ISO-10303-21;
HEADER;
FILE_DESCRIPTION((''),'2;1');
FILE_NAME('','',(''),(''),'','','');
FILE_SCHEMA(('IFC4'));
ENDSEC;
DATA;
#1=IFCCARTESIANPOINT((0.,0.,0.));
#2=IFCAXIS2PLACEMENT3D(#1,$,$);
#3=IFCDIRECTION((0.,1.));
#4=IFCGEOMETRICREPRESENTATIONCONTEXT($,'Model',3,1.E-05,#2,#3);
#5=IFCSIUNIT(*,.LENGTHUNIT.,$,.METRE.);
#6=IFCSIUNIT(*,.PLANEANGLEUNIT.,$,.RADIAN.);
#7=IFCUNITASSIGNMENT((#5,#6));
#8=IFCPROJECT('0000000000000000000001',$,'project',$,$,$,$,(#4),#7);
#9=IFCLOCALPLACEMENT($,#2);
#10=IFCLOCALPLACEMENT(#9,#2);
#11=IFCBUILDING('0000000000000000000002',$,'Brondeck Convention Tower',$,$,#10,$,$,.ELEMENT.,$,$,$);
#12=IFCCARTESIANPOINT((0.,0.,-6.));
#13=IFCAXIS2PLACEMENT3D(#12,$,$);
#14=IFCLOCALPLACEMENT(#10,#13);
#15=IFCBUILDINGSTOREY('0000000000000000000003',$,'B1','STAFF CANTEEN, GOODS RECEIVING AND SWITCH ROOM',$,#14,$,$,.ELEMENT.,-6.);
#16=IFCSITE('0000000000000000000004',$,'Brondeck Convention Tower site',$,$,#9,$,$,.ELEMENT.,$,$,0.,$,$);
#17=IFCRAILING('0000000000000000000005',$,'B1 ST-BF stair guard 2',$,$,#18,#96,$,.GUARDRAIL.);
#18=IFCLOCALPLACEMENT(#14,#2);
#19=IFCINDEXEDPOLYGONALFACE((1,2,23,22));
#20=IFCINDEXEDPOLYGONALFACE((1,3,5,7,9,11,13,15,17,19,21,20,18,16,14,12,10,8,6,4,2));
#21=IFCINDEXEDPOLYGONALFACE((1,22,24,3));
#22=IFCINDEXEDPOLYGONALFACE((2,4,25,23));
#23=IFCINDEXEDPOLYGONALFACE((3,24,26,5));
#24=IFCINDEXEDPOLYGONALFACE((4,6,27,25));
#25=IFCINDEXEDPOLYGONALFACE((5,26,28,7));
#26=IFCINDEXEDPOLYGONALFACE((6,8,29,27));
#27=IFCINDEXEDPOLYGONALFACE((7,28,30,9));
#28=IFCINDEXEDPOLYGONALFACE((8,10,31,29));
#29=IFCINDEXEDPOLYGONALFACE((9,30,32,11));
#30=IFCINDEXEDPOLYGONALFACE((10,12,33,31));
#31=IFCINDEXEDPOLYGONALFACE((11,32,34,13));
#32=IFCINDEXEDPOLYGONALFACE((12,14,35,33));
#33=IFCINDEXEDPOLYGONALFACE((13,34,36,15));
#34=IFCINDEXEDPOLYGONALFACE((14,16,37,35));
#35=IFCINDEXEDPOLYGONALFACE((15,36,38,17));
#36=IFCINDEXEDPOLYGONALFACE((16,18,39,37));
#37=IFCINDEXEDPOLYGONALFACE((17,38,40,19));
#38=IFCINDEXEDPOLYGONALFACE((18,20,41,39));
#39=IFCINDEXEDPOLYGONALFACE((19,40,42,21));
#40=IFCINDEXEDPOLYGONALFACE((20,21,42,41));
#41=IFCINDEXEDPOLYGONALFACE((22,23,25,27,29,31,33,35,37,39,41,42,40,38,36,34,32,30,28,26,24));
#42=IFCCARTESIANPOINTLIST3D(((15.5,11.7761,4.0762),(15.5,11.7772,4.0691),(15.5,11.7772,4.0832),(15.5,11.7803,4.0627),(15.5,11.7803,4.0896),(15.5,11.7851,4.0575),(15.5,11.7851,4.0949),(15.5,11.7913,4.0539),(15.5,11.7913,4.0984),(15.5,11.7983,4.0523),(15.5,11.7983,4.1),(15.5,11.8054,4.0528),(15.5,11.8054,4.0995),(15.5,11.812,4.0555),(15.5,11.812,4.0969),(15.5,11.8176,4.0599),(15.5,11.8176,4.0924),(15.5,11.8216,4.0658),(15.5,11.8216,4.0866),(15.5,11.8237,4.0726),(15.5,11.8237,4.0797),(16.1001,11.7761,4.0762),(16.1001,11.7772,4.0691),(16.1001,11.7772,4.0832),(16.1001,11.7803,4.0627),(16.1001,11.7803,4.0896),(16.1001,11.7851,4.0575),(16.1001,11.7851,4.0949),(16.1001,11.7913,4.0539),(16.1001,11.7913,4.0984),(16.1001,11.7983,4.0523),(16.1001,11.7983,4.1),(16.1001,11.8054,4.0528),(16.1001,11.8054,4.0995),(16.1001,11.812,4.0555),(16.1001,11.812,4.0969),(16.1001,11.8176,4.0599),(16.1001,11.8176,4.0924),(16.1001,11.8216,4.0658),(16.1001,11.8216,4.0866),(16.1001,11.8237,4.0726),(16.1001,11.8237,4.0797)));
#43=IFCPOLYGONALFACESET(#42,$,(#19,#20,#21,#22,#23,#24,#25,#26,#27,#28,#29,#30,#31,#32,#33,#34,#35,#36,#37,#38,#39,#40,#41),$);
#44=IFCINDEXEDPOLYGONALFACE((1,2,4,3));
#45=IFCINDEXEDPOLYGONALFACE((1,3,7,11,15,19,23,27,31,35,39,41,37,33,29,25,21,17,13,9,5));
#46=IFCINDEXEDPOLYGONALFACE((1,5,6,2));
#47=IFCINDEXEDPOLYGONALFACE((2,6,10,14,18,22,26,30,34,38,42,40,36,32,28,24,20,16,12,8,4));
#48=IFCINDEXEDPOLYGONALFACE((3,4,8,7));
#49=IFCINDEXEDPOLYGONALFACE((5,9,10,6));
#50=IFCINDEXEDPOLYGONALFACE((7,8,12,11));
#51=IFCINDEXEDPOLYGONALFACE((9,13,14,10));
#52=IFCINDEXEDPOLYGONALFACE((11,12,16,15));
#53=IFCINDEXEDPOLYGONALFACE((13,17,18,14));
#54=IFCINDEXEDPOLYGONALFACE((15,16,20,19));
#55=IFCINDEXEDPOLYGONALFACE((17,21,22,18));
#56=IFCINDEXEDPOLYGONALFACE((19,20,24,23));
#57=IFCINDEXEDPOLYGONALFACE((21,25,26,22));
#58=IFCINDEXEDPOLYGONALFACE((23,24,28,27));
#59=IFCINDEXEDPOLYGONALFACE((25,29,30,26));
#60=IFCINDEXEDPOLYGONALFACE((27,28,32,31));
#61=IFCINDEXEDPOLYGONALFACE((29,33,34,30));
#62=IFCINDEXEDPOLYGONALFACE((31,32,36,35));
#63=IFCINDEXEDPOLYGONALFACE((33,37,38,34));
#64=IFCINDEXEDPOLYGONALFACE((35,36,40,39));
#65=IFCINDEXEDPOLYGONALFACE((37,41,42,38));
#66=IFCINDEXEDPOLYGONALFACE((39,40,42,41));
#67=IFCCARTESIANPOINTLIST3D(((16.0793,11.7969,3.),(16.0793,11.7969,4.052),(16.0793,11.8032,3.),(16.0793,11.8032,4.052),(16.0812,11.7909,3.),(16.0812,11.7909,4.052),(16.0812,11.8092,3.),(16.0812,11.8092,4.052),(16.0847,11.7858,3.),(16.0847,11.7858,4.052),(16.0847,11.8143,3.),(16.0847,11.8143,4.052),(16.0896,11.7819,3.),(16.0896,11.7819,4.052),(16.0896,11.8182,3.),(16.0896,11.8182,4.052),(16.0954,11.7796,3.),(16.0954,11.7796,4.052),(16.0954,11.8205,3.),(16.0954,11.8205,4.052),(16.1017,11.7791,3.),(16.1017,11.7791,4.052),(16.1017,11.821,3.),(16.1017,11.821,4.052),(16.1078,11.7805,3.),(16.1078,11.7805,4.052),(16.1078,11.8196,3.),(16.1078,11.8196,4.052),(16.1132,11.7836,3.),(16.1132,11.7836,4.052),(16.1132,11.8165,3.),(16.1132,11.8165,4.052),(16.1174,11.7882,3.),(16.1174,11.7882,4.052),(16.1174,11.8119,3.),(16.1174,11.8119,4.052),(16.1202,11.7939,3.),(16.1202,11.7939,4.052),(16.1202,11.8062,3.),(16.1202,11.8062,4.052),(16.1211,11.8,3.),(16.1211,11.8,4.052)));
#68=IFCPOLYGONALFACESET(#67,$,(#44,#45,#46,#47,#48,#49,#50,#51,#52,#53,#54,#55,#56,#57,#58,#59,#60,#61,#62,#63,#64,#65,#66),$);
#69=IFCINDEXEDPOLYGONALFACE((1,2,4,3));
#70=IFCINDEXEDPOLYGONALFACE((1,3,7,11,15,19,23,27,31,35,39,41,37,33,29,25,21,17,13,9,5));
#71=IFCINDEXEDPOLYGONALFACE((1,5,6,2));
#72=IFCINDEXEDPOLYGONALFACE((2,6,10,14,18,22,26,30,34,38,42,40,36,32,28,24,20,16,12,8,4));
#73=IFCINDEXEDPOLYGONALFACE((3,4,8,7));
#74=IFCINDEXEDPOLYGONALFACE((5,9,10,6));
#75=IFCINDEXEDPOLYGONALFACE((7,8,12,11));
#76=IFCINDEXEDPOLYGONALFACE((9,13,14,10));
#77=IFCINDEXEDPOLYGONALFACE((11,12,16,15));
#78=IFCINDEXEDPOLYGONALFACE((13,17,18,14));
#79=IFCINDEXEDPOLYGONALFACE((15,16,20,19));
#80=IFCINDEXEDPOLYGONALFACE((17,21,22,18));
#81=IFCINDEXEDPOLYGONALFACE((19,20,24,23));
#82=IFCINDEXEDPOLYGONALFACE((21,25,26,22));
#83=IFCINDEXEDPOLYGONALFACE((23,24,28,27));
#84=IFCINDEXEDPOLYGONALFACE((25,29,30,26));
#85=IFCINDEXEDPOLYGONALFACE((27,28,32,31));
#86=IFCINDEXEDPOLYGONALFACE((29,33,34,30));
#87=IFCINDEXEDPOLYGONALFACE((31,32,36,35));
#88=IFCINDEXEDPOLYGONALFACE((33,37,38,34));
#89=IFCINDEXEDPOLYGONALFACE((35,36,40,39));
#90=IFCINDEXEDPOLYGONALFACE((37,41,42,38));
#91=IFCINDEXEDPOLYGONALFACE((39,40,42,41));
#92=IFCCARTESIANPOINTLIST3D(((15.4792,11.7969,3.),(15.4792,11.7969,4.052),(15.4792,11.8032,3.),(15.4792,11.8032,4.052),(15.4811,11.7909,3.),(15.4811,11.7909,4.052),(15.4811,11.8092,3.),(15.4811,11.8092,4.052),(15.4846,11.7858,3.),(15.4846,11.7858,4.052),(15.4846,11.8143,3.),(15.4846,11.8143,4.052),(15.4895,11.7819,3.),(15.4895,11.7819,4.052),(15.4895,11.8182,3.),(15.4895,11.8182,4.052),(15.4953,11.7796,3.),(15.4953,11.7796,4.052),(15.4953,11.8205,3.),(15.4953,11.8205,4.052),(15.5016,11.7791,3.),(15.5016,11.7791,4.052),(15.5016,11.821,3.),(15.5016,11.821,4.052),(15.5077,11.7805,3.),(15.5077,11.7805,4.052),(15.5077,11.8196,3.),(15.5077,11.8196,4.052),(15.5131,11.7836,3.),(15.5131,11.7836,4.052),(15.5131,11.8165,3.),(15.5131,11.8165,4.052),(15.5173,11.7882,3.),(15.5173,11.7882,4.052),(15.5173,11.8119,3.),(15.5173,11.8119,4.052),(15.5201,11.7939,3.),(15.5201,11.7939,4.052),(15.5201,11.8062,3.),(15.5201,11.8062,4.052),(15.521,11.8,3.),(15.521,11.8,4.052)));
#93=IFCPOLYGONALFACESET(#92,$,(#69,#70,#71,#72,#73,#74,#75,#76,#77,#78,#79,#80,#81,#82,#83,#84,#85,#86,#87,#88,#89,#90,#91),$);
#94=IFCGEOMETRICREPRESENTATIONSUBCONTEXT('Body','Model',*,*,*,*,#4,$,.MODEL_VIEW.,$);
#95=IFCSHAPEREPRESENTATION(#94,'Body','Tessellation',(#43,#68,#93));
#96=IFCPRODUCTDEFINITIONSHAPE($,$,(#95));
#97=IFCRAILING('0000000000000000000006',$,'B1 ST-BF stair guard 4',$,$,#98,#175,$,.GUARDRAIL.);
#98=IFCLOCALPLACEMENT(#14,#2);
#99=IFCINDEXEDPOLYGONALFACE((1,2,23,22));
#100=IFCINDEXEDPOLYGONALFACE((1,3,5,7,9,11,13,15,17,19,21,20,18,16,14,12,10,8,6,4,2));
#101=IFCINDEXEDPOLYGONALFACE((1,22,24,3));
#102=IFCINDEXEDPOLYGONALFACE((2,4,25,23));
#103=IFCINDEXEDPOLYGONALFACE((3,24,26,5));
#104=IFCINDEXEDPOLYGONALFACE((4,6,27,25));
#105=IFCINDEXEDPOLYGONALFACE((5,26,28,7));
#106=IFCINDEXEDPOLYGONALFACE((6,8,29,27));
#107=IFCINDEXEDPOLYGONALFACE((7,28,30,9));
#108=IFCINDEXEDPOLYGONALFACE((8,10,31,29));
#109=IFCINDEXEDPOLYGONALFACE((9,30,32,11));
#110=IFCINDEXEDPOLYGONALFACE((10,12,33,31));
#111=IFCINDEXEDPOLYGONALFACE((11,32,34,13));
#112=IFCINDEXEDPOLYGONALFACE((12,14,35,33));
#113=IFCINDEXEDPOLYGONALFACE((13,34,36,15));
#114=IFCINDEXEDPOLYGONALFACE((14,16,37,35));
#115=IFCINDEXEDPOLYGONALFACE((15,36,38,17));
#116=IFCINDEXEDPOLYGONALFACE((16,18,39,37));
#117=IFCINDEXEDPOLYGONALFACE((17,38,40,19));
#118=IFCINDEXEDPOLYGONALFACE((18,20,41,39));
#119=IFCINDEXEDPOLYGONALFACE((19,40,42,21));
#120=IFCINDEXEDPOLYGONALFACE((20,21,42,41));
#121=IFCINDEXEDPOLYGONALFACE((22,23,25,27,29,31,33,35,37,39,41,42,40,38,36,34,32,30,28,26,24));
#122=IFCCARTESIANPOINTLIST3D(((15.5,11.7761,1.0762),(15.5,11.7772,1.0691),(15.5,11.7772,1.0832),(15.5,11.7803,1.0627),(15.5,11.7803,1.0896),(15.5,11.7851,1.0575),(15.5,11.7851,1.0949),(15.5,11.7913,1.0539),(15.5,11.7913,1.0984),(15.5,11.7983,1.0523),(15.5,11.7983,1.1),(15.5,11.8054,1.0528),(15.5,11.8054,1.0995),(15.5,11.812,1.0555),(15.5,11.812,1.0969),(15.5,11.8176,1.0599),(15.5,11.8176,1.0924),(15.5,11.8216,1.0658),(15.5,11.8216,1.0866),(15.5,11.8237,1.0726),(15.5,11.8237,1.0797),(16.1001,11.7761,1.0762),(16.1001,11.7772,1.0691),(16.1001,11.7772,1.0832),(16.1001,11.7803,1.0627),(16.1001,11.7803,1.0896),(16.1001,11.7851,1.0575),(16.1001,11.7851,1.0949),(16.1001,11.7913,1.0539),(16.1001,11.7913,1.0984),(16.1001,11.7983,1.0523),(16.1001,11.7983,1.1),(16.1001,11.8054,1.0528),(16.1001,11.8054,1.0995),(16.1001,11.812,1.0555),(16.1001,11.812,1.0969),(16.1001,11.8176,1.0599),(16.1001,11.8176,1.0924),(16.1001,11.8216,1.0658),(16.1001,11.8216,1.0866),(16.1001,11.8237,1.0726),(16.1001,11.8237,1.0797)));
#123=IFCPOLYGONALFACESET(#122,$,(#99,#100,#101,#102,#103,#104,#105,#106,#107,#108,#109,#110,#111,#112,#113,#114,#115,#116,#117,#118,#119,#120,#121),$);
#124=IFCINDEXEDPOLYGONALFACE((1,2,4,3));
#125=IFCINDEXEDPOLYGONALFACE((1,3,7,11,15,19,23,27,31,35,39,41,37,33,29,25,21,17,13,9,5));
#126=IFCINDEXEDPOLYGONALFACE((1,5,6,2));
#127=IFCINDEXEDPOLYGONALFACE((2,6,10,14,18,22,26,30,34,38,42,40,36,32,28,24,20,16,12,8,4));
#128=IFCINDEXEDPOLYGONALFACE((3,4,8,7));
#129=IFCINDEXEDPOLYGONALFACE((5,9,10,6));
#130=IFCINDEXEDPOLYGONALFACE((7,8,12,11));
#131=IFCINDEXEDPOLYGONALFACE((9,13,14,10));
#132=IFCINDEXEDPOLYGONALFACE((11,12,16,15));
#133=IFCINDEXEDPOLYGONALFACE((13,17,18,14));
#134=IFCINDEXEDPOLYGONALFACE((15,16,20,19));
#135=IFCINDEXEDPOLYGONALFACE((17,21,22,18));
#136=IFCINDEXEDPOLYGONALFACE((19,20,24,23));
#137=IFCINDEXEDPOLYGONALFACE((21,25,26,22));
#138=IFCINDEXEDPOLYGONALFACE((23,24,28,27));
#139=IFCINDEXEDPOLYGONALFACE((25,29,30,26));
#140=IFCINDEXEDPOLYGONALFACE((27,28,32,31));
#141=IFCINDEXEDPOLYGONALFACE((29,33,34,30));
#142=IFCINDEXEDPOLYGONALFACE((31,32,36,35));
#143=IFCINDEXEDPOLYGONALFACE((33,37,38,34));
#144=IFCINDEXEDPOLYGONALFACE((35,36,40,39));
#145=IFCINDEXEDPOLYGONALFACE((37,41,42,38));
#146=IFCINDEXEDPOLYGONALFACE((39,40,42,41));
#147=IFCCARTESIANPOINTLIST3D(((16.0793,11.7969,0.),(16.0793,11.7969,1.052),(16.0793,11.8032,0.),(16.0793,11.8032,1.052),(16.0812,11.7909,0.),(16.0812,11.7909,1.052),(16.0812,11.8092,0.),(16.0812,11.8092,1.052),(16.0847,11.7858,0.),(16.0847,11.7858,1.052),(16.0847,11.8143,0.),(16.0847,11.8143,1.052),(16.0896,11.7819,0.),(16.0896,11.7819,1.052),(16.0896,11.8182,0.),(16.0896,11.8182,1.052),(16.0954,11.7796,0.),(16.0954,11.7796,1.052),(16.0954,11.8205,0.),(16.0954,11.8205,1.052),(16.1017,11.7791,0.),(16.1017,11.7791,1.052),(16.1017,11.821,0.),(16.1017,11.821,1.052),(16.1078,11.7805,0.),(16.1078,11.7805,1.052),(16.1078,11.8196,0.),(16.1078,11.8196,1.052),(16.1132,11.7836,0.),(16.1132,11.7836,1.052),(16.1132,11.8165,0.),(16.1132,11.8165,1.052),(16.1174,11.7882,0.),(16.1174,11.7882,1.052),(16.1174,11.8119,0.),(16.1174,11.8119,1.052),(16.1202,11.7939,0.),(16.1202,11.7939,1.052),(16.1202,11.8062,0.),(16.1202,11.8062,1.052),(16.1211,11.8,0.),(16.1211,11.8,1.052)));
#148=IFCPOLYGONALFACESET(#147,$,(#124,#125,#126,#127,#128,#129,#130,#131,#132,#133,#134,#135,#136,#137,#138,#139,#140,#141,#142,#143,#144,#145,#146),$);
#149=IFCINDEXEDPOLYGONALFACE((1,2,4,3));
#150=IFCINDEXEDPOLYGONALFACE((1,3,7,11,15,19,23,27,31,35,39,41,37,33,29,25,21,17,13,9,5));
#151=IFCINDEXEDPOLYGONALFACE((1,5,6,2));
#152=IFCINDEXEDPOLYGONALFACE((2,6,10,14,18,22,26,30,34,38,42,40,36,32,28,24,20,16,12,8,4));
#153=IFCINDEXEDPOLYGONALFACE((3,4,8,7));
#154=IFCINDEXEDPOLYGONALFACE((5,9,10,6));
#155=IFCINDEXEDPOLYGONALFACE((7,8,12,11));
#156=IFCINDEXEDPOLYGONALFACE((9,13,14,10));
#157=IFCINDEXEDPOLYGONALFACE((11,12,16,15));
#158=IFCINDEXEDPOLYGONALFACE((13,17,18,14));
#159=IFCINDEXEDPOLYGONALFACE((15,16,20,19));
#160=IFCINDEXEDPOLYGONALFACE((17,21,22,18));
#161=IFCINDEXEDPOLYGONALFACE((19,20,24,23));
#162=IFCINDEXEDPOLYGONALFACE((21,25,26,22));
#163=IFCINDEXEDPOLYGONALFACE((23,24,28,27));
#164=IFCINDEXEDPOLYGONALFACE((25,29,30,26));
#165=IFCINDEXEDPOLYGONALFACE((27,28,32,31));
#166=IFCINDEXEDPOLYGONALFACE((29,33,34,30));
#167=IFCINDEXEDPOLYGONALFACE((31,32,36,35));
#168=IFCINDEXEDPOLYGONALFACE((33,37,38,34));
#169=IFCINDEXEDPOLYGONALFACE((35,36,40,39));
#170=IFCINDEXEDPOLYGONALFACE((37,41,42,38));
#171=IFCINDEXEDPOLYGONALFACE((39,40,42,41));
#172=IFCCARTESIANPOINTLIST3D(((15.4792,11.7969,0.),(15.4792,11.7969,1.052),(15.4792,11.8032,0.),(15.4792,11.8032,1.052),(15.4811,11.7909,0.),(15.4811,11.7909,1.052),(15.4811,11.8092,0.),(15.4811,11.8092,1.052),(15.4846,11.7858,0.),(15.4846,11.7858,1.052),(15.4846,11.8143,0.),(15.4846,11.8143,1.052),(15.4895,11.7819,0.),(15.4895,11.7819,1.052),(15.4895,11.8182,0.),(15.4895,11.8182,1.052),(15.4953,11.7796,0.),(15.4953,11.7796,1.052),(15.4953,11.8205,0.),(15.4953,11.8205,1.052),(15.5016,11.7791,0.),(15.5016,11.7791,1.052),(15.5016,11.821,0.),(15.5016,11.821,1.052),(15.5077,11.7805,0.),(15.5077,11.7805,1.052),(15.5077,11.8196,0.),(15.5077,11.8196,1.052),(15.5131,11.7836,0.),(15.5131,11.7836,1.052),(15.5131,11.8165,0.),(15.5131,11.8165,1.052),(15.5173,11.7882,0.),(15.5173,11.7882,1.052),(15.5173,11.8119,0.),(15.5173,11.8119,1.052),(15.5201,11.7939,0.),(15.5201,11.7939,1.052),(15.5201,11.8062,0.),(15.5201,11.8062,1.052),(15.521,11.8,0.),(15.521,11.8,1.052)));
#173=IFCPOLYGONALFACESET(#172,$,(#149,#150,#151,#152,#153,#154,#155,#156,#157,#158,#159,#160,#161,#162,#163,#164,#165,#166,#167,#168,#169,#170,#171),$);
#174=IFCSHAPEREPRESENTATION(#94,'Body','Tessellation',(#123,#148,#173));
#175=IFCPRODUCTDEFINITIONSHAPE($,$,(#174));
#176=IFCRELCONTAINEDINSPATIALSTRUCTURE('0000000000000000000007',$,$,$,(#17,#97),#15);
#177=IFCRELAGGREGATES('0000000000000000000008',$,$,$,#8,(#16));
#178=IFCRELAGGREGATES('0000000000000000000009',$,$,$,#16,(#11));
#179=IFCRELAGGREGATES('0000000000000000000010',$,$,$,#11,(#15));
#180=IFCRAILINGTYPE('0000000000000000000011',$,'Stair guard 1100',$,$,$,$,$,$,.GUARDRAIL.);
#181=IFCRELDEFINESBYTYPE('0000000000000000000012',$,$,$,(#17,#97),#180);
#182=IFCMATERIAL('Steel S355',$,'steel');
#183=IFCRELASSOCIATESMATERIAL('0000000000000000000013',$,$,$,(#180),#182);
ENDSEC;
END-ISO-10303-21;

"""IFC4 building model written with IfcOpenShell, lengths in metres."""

from ifc_helpers import new_model, si_unit, direction, frame, origin, origin_2d, place, context, subcontext, project, spatial, circle, extrude, material, type_object, element, save


model = new_model("IFC4")

# Units and contexts
model_context = context("Model", 3, precision=1e-05, world=origin(), true_north=direction((0.0, 1.0)))
body_context = subcontext(model_context, "Body", "Model", "MODEL_VIEW")
ifc_project = project(units=[si_unit("LENGTHUNIT", "METRE"), si_unit("PLANEANGLEUNIT", "RADIAN")], contexts=[model_context])

# Site, building, storey
site_placement = place(None, origin())
site = spatial("IfcSite", under=ifc_project, at=site_placement, Name="Brondeck Convention Tower site", CompositionType="ELEMENT", RefElevation=0.0)
building_placement = place(site_placement, origin())
building = spatial("IfcBuilding", under=site, at=building_placement, Name="Brondeck Convention Tower", CompositionType="ELEMENT")
storey_placement = place(building_placement, frame((0.0, 0.0, -6.0)))
storey = spatial("IfcBuildingStorey", under=building, at=storey_placement, Name="B1", Description="STAFF CANTEEN, GOODS RECEIVING AND SWITCH ROOM", CompositionType="ELEMENT", Elevation=-6.0)

# Shared definitions
ifc_material_1 = material(Name="Steel S355", Category="steel")

# Railings
railing_type_1 = type_object("IfcRailingType", Name="Stair guard 1100", PredefinedType="GUARDRAIL", material=ifc_material_1)
railing_1_placement = place(storey_placement, frame((16.1001, 11.8, 3.0)))
element("IfcRailing", 1, at=railing_1_placement, inside=storey, type_object=railing_type_1, Name="B1 ST-BF stair guard 2", PredefinedType="GUARDRAIL", context=body_context, shape_type="SweptSolid", body=[
    extrude(circle(Radius=0.0239, at=origin_2d()), frame((0.0, 0.0, 1.0762), z_axis=(-1.0, 0.0, 0.0), x_axis=(0.0, -1.0, 0.0)), (0.0, 0.0, 1.0), 0.6001),
    extrude(circle(Radius=0.021, at=origin_2d()), origin(), (0.0, 0.0, 1.0), 1.052),
    extrude(circle(Radius=0.021, at=origin_2d()), frame((-0.6001, 0.0, 0.0)), (0.0, 0.0, 1.0), 1.052),
])
railing_2_placement = place(storey_placement, frame((16.1001, 11.8, 0.0)))
element("IfcRailing", 2, at=railing_2_placement, inside=storey, type_object=railing_type_1, Name="B1 ST-BF stair guard 4", PredefinedType="GUARDRAIL", context=body_context, shape_type="SweptSolid", body=[
    extrude(circle(Radius=0.0239, at=origin_2d()), frame((0.0, 0.0, 1.0762), z_axis=(-1.0, 0.0, 0.0), x_axis=(0.0, -1.0, 0.0)), (0.0, 0.0, 1.0), 0.6001),
    extrude(circle(Radius=0.021, at=origin_2d()), origin(), (0.0, 0.0, 1.0), 1.052),
    extrude(circle(Radius=0.021, at=origin_2d()), frame((-0.6001, 0.0, 0.0)), (0.0, 0.0, 1.0), 1.052),
])

save(model, "model.ifc")
